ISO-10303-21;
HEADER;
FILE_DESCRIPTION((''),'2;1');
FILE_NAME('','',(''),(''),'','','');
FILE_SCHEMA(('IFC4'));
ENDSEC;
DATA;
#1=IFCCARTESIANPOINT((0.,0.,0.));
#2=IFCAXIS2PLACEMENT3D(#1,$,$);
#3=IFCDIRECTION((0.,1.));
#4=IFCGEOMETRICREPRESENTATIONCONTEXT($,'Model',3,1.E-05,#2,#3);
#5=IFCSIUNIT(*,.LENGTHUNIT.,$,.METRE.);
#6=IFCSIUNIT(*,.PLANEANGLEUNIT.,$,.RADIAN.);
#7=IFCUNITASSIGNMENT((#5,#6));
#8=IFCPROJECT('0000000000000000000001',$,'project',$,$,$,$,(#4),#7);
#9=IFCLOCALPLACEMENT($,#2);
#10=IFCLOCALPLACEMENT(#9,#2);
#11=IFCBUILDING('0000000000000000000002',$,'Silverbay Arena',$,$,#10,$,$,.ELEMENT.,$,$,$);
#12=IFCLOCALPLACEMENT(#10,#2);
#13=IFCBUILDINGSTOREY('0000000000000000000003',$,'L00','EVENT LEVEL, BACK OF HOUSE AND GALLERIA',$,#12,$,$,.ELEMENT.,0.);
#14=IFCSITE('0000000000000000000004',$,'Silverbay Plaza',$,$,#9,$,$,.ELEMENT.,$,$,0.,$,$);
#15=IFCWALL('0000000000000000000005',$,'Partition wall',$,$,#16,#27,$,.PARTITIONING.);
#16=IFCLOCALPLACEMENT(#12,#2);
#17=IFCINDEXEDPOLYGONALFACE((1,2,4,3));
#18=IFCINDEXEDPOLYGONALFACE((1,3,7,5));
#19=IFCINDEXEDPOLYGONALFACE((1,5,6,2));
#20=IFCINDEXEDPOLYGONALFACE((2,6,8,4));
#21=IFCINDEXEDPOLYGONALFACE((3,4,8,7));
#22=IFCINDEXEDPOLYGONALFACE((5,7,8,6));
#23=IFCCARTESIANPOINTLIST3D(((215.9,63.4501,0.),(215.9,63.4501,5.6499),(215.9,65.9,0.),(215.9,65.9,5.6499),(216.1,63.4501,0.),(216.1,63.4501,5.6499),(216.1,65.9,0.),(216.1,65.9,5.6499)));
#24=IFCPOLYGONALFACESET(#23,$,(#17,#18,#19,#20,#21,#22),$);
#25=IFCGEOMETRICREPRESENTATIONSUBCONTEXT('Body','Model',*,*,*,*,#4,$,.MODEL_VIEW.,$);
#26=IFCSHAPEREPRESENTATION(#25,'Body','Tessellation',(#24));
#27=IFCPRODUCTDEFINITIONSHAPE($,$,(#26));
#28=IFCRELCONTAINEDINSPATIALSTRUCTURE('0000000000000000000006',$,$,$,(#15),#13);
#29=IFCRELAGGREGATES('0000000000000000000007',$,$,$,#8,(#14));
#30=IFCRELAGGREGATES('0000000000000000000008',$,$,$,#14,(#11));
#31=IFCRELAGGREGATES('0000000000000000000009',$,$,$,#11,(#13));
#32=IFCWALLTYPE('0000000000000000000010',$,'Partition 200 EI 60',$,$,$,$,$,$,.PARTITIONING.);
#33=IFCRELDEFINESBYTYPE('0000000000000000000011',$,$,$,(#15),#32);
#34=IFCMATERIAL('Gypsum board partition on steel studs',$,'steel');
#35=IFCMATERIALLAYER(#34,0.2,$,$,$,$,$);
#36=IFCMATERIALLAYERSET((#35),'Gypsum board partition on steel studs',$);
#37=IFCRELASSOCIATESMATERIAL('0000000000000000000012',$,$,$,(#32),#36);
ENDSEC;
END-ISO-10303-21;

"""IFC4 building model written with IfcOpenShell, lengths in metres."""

from ifc_helpers import new_model, si_unit, direction, frame, frame_2d, origin, place, context, subcontext, project, spatial, rectangle, extrude, material, layer, layer_set, type_object, element, save


model = new_model("IFC4")

# Units and contexts
model_context = context("Model", 3, precision=1e-05, world=origin(), true_north=direction((0.0, 1.0)))
body_context = subcontext(model_context, "Body", "Model", "MODEL_VIEW")
ifc_project = project(units=[si_unit("LENGTHUNIT", "METRE"), si_unit("PLANEANGLEUNIT", "RADIAN")], contexts=[model_context])

# Site, building, storey
site_placement = place(None, origin())
site = spatial("IfcSite", under=ifc_project, at=site_placement, Name="Silverbay Plaza", CompositionType="ELEMENT", RefElevation=0.0)
building_placement = place(site_placement, origin())
building = spatial("IfcBuilding", under=site, at=building_placement, Name="Silverbay Arena", CompositionType="ELEMENT")
storey_placement = place(building_placement, origin())
storey = spatial("IfcBuildingStorey", under=building, at=storey_placement, Name="L00", Description="EVENT LEVEL, BACK OF HOUSE AND GALLERIA", CompositionType="ELEMENT", Elevation=0.0)

# Wall
ifc_material_1 = material(Name="Gypsum board partition on steel studs", Category="steel")
ifc_layer_1 = layer(ifc_material_1, 0.2)
ifc_layer_set_1 = layer_set([ifc_layer_1], Name="Gypsum board partition on steel studs")
wall_type_1 = type_object("IfcWallType", Name="Partition 200 EI 60", PredefinedType="PARTITIONING", material=ifc_layer_set_1)
wall_1_placement = place(storey_placement, frame((216.0, 63.45, 0.0), z_axis=(0.0, 0.0, 1.0), x_axis=(0.0, 1.0, 0.0)))
element("IfcWall", 1, at=wall_1_placement, inside=storey, type_object=wall_type_1, Name="Partition wall", PredefinedType="PARTITIONING", context=body_context, shape_type="SweptSolid", body=[
    extrude(rectangle(XDim=2.45, YDim=0.2, at=frame_2d((1.2251, 0.0))), origin(), (0.0, 0.0, 1.0), 5.6499),
])

save(model, "model.ifc")
